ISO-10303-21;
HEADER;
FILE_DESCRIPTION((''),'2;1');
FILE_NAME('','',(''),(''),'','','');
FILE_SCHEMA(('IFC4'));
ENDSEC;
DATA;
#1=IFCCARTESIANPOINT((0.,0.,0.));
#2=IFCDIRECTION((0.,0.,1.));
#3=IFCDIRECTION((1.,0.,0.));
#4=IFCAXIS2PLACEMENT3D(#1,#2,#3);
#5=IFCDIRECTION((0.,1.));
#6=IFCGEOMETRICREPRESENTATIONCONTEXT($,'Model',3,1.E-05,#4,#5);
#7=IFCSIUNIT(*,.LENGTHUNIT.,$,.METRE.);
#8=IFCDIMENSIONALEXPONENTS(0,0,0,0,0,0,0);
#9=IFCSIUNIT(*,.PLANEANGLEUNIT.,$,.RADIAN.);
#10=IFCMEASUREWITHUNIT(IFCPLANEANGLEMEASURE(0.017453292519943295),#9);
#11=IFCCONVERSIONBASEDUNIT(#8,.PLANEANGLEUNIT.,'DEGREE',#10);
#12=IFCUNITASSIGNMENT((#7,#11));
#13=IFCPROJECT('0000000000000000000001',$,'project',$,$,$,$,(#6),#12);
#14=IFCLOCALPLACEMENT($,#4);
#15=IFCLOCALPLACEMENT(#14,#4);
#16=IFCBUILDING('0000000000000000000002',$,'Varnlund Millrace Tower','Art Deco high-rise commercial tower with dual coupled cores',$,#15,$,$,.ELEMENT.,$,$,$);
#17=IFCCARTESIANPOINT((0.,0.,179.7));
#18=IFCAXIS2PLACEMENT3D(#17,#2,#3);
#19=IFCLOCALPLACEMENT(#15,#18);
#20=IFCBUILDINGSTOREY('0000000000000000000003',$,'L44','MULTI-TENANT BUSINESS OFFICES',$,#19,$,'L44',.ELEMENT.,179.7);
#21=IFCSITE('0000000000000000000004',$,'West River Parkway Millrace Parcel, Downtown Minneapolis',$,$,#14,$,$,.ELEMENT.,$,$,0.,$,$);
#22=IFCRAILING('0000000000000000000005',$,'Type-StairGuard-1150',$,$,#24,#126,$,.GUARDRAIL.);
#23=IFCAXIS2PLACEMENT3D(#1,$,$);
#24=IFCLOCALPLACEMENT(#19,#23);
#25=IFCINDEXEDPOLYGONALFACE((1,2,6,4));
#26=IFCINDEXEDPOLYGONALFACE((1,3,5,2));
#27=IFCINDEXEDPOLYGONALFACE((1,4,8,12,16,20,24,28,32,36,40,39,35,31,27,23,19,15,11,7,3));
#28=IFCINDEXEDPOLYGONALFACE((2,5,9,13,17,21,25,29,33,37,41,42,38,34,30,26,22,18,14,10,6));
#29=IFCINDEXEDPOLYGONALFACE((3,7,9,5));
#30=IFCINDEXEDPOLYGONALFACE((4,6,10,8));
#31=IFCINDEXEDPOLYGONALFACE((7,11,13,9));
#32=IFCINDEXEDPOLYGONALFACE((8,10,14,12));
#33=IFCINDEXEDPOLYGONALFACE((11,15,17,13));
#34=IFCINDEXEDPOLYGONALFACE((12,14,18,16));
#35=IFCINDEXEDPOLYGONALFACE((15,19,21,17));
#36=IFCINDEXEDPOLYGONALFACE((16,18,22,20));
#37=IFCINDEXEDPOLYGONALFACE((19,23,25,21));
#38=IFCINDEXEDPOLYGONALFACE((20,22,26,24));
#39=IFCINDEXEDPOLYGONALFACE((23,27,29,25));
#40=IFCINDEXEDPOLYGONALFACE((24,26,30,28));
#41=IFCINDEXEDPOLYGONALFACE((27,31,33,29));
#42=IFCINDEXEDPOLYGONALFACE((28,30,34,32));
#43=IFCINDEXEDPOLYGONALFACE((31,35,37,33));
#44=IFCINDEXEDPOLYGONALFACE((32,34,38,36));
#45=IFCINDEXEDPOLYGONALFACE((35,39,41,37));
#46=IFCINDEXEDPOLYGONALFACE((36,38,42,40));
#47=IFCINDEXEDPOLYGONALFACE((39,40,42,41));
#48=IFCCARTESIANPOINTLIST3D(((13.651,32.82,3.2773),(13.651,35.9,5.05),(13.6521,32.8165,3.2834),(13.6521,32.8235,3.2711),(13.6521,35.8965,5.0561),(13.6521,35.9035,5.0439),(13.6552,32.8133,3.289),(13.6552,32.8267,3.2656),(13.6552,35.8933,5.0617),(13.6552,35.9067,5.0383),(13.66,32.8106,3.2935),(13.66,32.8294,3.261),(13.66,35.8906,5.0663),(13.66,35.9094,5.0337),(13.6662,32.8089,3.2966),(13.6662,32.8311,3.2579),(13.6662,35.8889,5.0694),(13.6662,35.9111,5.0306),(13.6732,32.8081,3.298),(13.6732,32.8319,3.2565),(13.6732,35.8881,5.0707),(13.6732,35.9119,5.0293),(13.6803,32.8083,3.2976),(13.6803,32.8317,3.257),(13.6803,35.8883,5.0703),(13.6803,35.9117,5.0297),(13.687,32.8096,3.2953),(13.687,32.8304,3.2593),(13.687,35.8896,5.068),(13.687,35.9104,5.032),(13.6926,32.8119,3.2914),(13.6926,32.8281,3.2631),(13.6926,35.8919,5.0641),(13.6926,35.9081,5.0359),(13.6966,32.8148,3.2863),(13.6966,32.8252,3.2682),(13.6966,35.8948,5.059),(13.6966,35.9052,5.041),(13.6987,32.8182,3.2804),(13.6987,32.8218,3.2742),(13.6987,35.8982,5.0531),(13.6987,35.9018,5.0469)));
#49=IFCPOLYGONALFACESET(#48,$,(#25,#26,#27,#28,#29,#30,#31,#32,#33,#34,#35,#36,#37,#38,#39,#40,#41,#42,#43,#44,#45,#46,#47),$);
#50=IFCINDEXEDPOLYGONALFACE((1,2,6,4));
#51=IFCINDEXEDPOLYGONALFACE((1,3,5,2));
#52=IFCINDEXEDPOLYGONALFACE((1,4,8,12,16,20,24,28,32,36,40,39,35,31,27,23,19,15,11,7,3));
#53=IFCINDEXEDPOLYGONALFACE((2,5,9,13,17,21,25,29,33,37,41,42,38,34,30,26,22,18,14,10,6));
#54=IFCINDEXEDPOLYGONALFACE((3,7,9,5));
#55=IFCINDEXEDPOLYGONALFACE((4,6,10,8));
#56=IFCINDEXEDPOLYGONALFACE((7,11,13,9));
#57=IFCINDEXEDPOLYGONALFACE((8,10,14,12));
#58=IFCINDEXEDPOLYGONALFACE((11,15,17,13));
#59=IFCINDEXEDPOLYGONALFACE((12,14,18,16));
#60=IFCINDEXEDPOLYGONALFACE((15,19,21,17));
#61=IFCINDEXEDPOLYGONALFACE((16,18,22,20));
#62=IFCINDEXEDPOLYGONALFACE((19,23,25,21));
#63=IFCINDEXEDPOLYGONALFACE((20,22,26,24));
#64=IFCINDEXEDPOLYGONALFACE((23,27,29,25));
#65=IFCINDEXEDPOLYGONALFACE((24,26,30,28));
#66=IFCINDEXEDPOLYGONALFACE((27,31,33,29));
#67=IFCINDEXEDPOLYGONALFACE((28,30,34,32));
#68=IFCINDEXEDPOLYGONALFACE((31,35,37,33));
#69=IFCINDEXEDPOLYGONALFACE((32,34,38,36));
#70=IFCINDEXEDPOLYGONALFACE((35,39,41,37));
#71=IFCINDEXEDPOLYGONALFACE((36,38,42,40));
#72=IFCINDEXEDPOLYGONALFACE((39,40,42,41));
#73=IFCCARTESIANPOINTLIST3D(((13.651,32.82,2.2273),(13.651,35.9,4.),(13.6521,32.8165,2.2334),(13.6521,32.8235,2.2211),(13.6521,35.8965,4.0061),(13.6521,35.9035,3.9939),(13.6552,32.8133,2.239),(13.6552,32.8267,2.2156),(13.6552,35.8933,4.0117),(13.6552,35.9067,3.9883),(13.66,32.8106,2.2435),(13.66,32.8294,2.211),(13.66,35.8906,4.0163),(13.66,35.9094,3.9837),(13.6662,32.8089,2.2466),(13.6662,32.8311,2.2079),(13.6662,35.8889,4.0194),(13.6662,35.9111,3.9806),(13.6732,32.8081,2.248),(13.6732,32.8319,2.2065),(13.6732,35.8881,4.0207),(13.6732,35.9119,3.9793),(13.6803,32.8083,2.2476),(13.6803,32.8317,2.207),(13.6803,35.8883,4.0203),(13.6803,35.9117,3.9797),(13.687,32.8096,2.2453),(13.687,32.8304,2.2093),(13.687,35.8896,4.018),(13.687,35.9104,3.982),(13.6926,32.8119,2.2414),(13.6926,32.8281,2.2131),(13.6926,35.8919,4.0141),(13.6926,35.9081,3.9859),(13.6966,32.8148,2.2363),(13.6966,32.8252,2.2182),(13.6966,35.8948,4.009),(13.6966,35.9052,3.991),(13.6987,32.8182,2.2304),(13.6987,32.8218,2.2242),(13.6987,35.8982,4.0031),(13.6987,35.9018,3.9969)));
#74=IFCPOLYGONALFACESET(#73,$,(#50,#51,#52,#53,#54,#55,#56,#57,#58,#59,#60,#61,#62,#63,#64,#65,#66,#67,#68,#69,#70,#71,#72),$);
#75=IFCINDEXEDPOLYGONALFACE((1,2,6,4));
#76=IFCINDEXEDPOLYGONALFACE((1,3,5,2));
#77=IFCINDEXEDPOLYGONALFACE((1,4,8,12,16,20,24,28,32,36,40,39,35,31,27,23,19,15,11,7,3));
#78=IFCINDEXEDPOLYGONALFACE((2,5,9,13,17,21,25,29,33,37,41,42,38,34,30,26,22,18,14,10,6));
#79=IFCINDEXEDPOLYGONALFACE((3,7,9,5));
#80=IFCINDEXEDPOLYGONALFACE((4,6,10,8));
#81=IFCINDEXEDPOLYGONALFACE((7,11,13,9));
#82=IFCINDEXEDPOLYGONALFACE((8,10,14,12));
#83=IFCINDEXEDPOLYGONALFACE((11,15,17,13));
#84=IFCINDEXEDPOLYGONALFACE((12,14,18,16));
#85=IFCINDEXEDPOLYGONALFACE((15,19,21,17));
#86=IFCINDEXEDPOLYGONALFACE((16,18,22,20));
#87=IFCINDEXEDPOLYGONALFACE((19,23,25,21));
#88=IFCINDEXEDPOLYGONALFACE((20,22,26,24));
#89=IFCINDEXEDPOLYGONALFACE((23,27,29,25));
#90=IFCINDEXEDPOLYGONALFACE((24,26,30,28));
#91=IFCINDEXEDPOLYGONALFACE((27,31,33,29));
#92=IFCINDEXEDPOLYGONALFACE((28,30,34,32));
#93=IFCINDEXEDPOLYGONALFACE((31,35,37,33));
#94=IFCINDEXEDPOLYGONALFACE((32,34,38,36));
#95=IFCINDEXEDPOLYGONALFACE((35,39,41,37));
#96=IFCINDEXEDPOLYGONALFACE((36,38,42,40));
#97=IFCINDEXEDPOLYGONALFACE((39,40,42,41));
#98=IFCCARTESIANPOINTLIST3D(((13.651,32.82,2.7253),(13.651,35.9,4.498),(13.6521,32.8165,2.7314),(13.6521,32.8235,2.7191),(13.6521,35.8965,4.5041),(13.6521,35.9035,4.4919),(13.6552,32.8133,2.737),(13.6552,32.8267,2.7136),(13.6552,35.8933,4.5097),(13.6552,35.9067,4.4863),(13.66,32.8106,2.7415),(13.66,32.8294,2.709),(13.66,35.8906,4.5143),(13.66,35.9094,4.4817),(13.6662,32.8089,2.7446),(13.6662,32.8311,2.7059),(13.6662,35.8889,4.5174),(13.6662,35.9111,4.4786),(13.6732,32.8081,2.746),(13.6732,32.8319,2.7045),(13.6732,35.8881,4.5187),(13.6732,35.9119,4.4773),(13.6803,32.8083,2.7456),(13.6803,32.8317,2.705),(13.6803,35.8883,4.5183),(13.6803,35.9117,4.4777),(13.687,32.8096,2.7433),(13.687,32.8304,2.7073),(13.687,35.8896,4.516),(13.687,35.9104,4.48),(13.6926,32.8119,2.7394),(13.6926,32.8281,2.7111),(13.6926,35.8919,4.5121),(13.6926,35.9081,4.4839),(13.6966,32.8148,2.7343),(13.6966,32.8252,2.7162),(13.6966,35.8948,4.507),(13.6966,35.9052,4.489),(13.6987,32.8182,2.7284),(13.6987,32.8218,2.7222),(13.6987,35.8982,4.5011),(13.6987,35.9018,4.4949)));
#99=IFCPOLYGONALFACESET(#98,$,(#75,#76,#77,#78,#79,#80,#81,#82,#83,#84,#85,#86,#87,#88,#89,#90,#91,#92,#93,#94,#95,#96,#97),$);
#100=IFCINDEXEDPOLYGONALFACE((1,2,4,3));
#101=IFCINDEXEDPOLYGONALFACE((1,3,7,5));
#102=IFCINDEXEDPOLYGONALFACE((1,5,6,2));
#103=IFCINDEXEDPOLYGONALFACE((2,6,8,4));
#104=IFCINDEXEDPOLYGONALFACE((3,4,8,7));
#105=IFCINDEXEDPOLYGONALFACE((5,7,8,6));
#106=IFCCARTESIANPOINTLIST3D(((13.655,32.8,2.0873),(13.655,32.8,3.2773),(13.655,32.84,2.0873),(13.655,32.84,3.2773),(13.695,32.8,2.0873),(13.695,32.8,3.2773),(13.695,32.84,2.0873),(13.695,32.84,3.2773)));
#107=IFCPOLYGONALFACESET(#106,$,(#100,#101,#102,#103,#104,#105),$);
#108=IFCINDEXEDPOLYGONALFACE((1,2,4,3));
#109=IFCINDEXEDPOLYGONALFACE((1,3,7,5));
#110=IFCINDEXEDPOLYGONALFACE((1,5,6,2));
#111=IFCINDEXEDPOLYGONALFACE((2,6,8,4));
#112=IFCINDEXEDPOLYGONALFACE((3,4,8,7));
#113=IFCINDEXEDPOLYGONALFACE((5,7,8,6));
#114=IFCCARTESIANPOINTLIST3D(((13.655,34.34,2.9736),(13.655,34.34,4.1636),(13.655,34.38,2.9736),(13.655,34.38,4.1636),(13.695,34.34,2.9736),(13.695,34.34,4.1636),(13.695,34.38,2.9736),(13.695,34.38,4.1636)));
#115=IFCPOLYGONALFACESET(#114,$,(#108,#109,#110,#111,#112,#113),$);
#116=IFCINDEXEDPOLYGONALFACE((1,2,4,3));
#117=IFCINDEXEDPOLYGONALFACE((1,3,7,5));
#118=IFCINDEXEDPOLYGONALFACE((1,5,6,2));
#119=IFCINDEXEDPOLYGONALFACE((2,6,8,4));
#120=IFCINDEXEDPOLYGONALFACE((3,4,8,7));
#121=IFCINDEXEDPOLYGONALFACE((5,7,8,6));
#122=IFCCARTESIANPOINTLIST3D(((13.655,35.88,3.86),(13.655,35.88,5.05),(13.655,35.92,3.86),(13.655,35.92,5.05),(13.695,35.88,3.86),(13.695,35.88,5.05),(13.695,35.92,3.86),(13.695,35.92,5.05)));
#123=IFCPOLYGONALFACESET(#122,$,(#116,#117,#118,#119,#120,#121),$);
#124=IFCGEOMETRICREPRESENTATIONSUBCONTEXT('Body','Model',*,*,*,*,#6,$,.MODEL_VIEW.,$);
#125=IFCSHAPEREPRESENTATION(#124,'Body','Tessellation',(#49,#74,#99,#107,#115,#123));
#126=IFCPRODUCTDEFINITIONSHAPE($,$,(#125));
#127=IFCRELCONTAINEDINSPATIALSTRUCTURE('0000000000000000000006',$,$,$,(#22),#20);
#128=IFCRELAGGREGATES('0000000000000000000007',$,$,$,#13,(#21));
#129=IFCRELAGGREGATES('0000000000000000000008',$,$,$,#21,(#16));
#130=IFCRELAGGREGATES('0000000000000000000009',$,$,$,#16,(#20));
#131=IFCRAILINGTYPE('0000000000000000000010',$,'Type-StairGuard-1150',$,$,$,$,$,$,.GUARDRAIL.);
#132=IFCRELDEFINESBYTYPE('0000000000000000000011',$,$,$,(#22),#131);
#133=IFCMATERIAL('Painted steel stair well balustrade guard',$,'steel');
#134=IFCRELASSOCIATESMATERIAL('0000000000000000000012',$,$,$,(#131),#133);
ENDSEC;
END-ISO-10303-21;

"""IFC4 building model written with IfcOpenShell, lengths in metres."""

from ifc_helpers import new_model, entity, si_unit, converted_unit, direction, frame, origin_with_axes, origin_2d_with_axis, place, context, subcontext, project, spatial, rectangle, circle, extrude, material, type_object, element, save


model = new_model("IFC4")

# Units and contexts
model_context = context("Model", 3, precision=1e-05, world=origin_with_axes(), true_north=direction((0.0, 1.0)))
body_context = subcontext(model_context, "Body", "Model", "MODEL_VIEW")
ifc_project = project(units=[si_unit("LENGTHUNIT", "METRE"), converted_unit("PLANEANGLEUNIT", "DEGREE", entity("IfcPlaneAngleMeasure", 0.017453292519943295), si_unit("PLANEANGLEUNIT", "RADIAN"), dimensions=[0, 0, 0, 0, 0, 0, 0])], contexts=[model_context])

# Site, building, storey
site_placement = place(None, origin_with_axes())
site = spatial("IfcSite", under=ifc_project, at=site_placement, Name="West River Parkway Millrace Parcel, Downtown Minneapolis", CompositionType="ELEMENT", RefElevation=0.0)
building_placement = place(site_placement, origin_with_axes())
building = spatial("IfcBuilding", under=site, at=building_placement, Name="Varnlund Millrace Tower", Description="Art Deco high-rise commercial tower with dual coupled cores", CompositionType="ELEMENT")
storey_placement = place(building_placement, frame((0.0, 0.0, 179.7), z_axis=(0.0, 0.0, 1.0), x_axis=(1.0, 0.0, 0.0)))
storey = spatial("IfcBuildingStorey", under=building, at=storey_placement, Name="L44", Description="MULTI-TENANT BUSINESS OFFICES", LongName="L44", CompositionType="ELEMENT", Elevation=179.7)

# Railing
ifc_material_1 = material(Name="Painted steel stair well balustrade guard", Category="steel")
railing_type_1 = type_object("IfcRailingType", Name="Type-StairGuard-1150", PredefinedType="GUARDRAIL", material=ifc_material_1)
railing_1_placement = place(storey_placement, frame((0.0, 0.0, -179.7), z_axis=(0.0, 0.0, 1.0), x_axis=(1.0, 0.0, 0.0)))
element("IfcRailing", 1, at=railing_1_placement, inside=storey, type_object=railing_type_1, Name="Type-StairGuard-1150", PredefinedType="GUARDRAIL", context=body_context, shape_type="SweptSolid", body=[
    extrude(circle(Radius=0.024, at=origin_2d_with_axis()), frame((13.675, 32.82, 182.9773), z_axis=(0.0, 0.866696, 0.498836), x_axis=(-1.0, 0.0, 0.0)), (0.0, 0.0, 1.0), 3.5537),
    extrude(circle(Radius=0.024, at=origin_2d_with_axis()), frame((13.675, 32.82, 181.9273), z_axis=(0.0, 0.866696, 0.498836), x_axis=(-1.0, 0.0, 0.0)), (0.0, 0.0, 1.0), 3.5537),
    extrude(circle(Radius=0.024, at=origin_2d_with_axis()), frame((13.675, 32.82, 182.4253), z_axis=(0.0, 0.866696, 0.498836), x_axis=(-1.0, 0.0, 0.0)), (0.0, 0.0, 1.0), 3.5537),
    extrude(rectangle(XDim=0.04, YDim=0.04, at=origin_2d_with_axis()), frame((13.675, 32.82, 181.7873), z_axis=(0.0, 0.0, 1.0), x_axis=(1.0, 0.0, 0.0)), (0.0, 0.0, 1.0), 1.19),
    extrude(rectangle(XDim=0.04, YDim=0.04, at=origin_2d_with_axis()), frame((13.675, 34.36, 182.6736), z_axis=(0.0, 0.0, 1.0), x_axis=(1.0, 0.0, 0.0)), (0.0, 0.0, 1.0), 1.19),
    extrude(rectangle(XDim=0.04, YDim=0.04, at=origin_2d_with_axis()), frame((13.675, 35.9, 183.56), z_axis=(0.0, 0.0, 1.0), x_axis=(1.0, 0.0, 0.0)), (0.0, 0.0, 1.0), 1.19),
])

save(model, "model.ifc")
